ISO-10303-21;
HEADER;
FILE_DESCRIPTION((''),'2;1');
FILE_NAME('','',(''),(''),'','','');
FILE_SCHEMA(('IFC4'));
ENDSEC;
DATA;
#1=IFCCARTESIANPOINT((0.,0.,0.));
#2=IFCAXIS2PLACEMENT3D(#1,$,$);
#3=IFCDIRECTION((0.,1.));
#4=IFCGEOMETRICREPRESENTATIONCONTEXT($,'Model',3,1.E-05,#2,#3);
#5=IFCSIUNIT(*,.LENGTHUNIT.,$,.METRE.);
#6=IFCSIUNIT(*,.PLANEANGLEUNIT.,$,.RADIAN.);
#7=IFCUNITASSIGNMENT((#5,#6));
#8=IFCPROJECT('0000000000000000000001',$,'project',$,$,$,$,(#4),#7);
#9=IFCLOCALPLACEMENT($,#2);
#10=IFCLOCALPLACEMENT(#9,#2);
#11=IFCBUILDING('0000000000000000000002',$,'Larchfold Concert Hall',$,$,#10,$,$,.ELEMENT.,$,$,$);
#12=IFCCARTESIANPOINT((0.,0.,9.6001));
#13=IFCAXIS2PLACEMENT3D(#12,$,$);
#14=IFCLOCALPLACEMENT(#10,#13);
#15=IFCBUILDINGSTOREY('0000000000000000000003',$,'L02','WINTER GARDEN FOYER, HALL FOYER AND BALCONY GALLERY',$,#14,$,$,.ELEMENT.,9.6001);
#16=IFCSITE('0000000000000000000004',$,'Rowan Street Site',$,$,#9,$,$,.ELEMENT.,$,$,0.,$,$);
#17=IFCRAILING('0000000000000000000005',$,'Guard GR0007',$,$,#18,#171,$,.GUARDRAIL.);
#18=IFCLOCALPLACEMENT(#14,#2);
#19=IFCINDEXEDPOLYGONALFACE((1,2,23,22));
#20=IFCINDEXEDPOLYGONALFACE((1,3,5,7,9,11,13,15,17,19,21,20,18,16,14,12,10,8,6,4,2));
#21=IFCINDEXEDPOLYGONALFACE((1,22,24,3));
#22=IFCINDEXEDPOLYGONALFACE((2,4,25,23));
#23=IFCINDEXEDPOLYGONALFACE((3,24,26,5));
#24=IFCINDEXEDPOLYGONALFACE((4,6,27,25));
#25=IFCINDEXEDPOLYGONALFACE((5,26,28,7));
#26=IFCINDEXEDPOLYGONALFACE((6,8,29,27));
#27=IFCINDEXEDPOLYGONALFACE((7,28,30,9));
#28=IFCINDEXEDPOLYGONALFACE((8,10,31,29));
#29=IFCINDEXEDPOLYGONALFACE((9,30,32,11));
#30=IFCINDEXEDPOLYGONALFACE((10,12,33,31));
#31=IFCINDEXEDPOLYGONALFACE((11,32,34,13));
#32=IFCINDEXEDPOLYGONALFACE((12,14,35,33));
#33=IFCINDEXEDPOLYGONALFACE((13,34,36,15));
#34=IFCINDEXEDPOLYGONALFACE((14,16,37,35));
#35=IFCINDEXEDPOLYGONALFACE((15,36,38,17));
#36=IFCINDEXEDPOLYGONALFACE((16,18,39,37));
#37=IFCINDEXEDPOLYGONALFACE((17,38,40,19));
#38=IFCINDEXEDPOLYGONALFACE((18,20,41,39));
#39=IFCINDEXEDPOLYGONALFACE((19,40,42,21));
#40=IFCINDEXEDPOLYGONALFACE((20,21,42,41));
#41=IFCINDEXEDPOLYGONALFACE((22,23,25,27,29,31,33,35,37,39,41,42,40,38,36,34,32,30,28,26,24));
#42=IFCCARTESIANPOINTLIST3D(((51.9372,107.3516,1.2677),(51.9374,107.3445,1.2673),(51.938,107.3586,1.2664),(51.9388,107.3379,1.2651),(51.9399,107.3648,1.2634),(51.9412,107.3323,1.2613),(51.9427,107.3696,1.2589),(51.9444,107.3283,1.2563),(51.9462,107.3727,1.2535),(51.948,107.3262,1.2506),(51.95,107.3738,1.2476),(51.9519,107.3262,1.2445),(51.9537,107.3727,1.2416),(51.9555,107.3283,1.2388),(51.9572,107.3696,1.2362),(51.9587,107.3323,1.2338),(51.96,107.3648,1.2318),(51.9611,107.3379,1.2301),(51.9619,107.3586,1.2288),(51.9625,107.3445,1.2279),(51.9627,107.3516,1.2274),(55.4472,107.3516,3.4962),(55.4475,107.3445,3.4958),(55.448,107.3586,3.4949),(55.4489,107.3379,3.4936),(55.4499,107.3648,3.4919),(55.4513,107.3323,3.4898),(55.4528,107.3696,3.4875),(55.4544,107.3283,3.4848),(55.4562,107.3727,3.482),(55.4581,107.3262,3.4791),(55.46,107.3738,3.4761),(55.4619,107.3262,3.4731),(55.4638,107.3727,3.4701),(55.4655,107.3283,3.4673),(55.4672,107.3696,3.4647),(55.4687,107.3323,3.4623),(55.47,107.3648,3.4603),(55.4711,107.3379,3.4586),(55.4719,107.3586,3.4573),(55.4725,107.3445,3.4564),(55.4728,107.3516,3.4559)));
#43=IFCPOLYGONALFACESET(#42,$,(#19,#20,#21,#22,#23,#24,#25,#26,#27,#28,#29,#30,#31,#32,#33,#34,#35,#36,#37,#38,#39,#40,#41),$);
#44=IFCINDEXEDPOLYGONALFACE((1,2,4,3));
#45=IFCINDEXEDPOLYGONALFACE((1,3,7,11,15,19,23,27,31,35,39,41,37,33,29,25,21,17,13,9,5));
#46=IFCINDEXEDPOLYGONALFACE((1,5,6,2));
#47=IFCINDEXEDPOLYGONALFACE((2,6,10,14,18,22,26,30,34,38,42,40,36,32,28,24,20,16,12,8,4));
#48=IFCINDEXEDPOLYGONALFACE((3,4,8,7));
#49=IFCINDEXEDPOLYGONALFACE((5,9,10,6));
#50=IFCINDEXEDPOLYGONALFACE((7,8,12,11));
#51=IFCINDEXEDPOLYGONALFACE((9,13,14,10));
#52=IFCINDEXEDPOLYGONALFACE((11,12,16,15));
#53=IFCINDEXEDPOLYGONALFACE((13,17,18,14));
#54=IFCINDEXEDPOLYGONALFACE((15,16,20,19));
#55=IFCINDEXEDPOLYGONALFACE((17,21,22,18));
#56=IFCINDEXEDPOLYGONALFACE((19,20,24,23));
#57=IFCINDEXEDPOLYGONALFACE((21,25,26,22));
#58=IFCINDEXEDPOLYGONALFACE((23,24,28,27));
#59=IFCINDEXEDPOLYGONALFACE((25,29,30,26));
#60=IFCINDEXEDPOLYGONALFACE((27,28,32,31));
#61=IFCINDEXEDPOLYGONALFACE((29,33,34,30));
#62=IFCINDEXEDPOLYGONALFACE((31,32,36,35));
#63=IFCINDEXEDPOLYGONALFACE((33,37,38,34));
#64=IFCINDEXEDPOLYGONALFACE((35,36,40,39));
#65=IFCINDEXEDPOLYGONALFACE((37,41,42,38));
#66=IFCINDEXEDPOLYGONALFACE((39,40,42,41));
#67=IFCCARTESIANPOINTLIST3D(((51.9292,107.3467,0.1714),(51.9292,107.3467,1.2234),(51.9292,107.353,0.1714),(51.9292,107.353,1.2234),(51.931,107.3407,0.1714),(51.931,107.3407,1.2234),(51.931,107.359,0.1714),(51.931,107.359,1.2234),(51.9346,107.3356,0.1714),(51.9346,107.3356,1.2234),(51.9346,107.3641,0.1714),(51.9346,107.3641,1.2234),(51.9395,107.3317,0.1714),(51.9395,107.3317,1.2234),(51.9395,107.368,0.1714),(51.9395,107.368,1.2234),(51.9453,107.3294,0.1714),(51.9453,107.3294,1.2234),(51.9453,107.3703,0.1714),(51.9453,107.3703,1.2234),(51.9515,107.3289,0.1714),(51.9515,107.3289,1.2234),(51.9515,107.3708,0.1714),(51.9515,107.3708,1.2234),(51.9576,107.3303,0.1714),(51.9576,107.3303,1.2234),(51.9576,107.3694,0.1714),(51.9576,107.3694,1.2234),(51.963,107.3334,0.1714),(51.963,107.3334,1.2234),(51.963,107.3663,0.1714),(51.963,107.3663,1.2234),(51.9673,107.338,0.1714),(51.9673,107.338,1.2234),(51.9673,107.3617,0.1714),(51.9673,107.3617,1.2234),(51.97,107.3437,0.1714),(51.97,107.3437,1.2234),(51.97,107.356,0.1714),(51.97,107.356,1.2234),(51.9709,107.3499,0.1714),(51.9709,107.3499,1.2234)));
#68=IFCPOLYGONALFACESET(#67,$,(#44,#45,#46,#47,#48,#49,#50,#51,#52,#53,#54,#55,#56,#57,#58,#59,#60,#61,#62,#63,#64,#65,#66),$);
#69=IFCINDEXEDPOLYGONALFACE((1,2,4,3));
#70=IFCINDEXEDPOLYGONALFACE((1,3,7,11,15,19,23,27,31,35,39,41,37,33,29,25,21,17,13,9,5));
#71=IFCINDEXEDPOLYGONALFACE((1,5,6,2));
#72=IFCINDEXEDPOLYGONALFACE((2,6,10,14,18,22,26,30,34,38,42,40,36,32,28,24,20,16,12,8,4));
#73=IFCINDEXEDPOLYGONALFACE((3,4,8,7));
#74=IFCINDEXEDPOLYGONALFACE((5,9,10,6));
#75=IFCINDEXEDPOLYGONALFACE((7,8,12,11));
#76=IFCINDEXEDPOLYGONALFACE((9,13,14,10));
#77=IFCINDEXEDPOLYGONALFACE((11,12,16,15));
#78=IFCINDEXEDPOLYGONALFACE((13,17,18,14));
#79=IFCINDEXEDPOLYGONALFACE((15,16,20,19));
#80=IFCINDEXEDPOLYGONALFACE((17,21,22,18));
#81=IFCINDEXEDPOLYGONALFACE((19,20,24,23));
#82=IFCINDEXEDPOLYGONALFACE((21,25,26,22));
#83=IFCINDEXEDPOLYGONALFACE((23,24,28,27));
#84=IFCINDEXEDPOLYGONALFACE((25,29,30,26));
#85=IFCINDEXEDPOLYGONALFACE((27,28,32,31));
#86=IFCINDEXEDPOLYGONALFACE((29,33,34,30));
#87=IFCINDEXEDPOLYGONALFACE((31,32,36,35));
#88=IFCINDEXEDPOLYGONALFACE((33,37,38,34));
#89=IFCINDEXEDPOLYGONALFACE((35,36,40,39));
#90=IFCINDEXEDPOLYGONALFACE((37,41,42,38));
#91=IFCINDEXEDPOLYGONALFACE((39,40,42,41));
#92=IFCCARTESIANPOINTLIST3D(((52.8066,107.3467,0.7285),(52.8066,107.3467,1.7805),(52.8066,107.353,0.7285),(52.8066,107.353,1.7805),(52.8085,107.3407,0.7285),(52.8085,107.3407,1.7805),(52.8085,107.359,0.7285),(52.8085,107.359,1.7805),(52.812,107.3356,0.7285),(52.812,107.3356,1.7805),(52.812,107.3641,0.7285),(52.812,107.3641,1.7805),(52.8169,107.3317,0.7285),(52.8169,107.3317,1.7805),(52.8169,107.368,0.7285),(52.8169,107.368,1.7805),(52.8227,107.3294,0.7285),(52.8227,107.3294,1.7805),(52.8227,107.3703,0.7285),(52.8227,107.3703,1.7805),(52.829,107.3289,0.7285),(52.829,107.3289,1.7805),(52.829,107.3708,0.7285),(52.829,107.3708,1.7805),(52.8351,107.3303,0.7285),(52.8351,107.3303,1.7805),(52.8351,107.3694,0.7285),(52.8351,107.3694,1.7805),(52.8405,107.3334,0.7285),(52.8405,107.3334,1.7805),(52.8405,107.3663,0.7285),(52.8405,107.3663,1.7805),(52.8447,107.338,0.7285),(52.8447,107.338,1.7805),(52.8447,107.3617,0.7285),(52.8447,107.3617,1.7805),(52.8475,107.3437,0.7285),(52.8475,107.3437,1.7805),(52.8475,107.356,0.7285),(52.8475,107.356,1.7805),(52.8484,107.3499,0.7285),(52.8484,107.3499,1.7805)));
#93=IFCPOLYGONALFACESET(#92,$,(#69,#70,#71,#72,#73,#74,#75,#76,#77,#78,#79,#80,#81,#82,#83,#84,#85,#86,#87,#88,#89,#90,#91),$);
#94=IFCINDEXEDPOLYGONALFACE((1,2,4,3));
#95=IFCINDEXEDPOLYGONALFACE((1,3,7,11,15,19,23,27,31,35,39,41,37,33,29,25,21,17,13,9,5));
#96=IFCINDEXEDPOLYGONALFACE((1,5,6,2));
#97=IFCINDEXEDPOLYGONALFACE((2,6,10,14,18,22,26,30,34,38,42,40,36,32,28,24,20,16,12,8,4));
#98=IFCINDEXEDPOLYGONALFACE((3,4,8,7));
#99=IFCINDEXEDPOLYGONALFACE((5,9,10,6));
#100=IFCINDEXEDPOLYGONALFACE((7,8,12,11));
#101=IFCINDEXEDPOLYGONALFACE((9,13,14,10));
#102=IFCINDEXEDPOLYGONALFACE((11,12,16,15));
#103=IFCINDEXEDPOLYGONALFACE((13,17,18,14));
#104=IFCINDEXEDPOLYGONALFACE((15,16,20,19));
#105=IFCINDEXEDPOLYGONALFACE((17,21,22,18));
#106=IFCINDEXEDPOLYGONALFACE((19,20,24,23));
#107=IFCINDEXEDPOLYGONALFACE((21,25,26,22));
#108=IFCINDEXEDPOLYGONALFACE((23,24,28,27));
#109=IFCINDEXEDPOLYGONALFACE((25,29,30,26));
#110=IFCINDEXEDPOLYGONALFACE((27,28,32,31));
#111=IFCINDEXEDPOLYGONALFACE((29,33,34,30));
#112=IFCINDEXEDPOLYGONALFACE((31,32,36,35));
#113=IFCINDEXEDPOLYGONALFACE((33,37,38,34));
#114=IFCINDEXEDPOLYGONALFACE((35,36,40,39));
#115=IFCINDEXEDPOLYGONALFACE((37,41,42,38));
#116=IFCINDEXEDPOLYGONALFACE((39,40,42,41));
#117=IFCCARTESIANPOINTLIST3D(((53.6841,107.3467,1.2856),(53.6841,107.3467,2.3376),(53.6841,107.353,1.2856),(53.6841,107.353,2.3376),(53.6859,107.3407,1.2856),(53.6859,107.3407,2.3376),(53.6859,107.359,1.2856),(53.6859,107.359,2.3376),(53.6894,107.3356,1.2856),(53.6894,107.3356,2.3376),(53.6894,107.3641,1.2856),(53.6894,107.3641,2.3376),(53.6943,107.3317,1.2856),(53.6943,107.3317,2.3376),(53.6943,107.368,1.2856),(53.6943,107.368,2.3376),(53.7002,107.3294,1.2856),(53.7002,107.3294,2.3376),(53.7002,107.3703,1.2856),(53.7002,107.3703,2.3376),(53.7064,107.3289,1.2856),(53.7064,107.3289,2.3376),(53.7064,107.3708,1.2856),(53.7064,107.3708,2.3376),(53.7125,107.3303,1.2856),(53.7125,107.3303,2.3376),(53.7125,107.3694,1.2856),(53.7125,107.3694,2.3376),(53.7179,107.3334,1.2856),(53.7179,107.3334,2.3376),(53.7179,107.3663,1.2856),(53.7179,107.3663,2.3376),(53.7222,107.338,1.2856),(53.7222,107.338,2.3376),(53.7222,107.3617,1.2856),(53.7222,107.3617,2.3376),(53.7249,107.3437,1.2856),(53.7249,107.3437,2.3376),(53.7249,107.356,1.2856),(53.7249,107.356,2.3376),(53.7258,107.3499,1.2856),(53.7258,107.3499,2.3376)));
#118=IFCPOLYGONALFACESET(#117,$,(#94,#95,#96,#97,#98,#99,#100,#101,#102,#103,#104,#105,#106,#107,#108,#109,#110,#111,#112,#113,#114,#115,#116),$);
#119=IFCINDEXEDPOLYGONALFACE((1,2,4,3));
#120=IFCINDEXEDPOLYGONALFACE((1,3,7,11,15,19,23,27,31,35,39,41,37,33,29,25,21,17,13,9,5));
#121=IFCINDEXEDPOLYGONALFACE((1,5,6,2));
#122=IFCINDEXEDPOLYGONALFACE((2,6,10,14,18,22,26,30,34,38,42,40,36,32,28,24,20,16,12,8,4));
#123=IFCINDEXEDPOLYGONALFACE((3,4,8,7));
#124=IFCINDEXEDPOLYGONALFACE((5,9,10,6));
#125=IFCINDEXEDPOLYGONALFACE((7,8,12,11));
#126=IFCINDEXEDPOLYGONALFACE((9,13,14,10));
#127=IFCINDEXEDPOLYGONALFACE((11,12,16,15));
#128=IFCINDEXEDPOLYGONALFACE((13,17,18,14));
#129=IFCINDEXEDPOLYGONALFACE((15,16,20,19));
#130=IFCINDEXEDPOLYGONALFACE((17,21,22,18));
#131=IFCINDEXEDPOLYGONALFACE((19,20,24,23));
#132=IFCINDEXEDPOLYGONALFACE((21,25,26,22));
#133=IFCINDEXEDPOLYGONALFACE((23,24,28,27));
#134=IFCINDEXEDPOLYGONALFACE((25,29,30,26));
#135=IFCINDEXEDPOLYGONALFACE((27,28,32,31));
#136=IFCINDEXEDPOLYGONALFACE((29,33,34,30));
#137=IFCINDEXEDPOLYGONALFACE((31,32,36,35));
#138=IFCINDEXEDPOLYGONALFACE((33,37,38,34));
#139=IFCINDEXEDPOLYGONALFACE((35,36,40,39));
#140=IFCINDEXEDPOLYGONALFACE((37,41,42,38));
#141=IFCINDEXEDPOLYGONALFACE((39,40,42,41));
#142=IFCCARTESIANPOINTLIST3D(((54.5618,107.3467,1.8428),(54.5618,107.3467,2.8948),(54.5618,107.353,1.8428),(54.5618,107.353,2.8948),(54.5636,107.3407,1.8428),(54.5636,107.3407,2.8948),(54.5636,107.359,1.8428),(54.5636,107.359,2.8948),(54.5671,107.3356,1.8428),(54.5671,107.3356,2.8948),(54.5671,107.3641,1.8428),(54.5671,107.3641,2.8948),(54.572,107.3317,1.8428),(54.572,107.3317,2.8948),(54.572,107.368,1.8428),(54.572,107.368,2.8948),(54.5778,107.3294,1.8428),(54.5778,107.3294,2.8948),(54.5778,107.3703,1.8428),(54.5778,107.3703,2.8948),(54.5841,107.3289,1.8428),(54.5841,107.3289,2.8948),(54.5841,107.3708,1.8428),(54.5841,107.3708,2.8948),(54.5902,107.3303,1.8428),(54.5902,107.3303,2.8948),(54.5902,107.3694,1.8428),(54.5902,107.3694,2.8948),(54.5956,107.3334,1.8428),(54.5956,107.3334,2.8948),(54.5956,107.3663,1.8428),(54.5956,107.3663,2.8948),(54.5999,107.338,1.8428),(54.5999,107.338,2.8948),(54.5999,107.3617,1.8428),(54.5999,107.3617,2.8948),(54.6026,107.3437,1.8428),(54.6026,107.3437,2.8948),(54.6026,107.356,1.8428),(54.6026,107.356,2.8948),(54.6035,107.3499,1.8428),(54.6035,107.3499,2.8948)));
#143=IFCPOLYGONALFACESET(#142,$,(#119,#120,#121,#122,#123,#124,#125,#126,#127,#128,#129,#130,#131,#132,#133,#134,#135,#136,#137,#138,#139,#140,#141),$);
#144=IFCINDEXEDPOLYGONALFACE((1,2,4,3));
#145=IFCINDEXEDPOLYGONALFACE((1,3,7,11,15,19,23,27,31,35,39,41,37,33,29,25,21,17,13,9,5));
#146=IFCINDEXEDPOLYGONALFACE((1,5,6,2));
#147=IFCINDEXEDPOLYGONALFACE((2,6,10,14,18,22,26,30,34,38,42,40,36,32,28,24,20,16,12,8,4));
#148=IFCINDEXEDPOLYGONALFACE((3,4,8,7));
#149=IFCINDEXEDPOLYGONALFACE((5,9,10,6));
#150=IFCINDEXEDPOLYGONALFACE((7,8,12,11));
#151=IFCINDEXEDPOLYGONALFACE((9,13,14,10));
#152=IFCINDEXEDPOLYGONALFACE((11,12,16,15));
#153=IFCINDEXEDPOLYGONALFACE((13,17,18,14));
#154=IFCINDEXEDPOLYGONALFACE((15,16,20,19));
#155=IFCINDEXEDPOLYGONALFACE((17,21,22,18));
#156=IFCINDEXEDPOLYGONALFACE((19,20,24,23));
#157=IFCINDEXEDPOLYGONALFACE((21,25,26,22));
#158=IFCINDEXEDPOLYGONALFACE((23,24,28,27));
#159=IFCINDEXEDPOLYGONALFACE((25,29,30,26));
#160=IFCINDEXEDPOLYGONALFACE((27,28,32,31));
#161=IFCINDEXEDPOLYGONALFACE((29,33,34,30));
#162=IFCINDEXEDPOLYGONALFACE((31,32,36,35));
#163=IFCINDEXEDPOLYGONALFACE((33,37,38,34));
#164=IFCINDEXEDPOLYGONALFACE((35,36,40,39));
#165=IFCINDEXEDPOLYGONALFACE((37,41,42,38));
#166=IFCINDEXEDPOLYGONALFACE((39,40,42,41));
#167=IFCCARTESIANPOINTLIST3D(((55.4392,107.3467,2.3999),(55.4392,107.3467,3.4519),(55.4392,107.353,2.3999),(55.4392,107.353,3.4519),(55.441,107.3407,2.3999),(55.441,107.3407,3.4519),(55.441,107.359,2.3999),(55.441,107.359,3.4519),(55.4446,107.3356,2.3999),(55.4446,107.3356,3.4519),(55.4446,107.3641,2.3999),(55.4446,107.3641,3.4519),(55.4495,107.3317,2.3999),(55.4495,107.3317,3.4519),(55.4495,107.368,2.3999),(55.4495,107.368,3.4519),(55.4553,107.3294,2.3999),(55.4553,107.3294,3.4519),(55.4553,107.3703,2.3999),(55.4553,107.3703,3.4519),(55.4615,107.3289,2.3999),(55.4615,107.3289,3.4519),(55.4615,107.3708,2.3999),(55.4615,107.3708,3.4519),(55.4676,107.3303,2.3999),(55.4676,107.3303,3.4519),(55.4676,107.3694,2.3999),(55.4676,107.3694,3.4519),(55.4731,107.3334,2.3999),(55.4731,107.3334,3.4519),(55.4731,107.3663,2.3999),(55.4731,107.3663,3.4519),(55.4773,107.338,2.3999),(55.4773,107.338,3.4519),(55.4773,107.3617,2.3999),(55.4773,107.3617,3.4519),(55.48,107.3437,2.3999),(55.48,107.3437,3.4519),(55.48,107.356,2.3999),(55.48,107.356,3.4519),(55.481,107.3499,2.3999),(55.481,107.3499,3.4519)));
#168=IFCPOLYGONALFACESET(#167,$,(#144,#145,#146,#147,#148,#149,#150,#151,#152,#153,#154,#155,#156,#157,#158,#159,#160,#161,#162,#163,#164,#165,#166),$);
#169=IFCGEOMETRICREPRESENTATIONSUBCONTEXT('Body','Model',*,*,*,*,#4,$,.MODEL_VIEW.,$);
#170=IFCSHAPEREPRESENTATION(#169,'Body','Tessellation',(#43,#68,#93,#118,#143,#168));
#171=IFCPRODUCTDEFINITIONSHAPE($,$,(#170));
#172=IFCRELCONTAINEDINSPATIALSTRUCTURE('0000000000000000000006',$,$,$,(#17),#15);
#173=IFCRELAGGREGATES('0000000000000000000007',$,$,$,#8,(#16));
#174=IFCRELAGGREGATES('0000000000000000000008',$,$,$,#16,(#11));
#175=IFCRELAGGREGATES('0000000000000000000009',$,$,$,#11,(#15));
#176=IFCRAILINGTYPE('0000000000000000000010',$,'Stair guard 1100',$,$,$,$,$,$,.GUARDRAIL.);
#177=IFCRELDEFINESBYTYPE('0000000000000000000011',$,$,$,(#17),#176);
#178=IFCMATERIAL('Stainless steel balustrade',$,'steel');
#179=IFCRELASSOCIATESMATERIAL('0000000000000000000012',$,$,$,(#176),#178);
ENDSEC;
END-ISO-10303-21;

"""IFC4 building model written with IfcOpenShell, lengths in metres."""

from ifc_helpers import new_model, si_unit, direction, frame, origin, origin_2d, place, context, subcontext, project, spatial, circle, extrude, material, type_object, element, save


model = new_model("IFC4")

# Units and contexts
model_context = context("Model", 3, precision=1e-05, world=origin(), true_north=direction((0.0, 1.0)))
body_context = subcontext(model_context, "Body", "Model", "MODEL_VIEW")
ifc_project = project(units=[si_unit("LENGTHUNIT", "METRE"), si_unit("PLANEANGLEUNIT", "RADIAN")], contexts=[model_context])

# Site, building, storey
site_placement = place(None, origin())
site = spatial("IfcSite", under=ifc_project, at=site_placement, Name="Rowan Street Site", CompositionType="ELEMENT", RefElevation=0.0)
building_placement = place(site_placement, origin())
building = spatial("IfcBuilding", under=site, at=building_placement, Name="Larchfold Concert Hall", CompositionType="ELEMENT")
storey_placement = place(building_placement, frame((0.0, 0.0, 9.6001)))
storey = spatial("IfcBuildingStorey", under=building, at=storey_placement, Name="L02", Description="WINTER GARDEN FOYER, HALL FOYER AND BALCONY GALLERY", CompositionType="ELEMENT", Elevation=9.6001)

# Railing
ifc_material_1 = material(Name="Stainless steel balustrade", Category="steel")
railing_type_1 = type_object("IfcRailingType", Name="Stair guard 1100", PredefinedType="GUARDRAIL", material=ifc_material_1)
railing_1_placement = place(storey_placement, frame((51.95, 107.3499, 0.1714)))
element("IfcRailing", 1, at=railing_1_placement, inside=storey, type_object=railing_type_1, Name="Guard GR0007", PredefinedType="GUARDRAIL", context=body_context, shape_type="SweptSolid", body=[
    extrude(circle(Radius=0.0239, at=origin_2d()), frame((0.0, 0.0, 1.0762), z_axis=(0.84422, 0.0, 0.535998), x_axis=(0.0, 1.0, 0.0)), (0.0, 0.0, 1.0), 4.1577),
    extrude(circle(Radius=0.021, at=origin_2d()), origin(), (0.0, 0.0, 1.0), 1.052),
    extrude(circle(Radius=0.021, at=origin_2d()), frame((0.8774, 0.0, 0.5571)), (0.0, 0.0, 1.0), 1.052),
    extrude(circle(Radius=0.021, at=origin_2d()), frame((1.7549, 0.0, 1.1143)), (0.0, 0.0, 1.0), 1.052),
    extrude(circle(Radius=0.021, at=origin_2d()), frame((2.6326, 0.0, 1.6714)), (0.0, 0.0, 1.0), 1.052),
    extrude(circle(Radius=0.021, at=origin_2d()), frame((3.51, 0.0, 2.2285)), (0.0, 0.0, 1.0), 1.052),
])

save(model, "model.ifc")
